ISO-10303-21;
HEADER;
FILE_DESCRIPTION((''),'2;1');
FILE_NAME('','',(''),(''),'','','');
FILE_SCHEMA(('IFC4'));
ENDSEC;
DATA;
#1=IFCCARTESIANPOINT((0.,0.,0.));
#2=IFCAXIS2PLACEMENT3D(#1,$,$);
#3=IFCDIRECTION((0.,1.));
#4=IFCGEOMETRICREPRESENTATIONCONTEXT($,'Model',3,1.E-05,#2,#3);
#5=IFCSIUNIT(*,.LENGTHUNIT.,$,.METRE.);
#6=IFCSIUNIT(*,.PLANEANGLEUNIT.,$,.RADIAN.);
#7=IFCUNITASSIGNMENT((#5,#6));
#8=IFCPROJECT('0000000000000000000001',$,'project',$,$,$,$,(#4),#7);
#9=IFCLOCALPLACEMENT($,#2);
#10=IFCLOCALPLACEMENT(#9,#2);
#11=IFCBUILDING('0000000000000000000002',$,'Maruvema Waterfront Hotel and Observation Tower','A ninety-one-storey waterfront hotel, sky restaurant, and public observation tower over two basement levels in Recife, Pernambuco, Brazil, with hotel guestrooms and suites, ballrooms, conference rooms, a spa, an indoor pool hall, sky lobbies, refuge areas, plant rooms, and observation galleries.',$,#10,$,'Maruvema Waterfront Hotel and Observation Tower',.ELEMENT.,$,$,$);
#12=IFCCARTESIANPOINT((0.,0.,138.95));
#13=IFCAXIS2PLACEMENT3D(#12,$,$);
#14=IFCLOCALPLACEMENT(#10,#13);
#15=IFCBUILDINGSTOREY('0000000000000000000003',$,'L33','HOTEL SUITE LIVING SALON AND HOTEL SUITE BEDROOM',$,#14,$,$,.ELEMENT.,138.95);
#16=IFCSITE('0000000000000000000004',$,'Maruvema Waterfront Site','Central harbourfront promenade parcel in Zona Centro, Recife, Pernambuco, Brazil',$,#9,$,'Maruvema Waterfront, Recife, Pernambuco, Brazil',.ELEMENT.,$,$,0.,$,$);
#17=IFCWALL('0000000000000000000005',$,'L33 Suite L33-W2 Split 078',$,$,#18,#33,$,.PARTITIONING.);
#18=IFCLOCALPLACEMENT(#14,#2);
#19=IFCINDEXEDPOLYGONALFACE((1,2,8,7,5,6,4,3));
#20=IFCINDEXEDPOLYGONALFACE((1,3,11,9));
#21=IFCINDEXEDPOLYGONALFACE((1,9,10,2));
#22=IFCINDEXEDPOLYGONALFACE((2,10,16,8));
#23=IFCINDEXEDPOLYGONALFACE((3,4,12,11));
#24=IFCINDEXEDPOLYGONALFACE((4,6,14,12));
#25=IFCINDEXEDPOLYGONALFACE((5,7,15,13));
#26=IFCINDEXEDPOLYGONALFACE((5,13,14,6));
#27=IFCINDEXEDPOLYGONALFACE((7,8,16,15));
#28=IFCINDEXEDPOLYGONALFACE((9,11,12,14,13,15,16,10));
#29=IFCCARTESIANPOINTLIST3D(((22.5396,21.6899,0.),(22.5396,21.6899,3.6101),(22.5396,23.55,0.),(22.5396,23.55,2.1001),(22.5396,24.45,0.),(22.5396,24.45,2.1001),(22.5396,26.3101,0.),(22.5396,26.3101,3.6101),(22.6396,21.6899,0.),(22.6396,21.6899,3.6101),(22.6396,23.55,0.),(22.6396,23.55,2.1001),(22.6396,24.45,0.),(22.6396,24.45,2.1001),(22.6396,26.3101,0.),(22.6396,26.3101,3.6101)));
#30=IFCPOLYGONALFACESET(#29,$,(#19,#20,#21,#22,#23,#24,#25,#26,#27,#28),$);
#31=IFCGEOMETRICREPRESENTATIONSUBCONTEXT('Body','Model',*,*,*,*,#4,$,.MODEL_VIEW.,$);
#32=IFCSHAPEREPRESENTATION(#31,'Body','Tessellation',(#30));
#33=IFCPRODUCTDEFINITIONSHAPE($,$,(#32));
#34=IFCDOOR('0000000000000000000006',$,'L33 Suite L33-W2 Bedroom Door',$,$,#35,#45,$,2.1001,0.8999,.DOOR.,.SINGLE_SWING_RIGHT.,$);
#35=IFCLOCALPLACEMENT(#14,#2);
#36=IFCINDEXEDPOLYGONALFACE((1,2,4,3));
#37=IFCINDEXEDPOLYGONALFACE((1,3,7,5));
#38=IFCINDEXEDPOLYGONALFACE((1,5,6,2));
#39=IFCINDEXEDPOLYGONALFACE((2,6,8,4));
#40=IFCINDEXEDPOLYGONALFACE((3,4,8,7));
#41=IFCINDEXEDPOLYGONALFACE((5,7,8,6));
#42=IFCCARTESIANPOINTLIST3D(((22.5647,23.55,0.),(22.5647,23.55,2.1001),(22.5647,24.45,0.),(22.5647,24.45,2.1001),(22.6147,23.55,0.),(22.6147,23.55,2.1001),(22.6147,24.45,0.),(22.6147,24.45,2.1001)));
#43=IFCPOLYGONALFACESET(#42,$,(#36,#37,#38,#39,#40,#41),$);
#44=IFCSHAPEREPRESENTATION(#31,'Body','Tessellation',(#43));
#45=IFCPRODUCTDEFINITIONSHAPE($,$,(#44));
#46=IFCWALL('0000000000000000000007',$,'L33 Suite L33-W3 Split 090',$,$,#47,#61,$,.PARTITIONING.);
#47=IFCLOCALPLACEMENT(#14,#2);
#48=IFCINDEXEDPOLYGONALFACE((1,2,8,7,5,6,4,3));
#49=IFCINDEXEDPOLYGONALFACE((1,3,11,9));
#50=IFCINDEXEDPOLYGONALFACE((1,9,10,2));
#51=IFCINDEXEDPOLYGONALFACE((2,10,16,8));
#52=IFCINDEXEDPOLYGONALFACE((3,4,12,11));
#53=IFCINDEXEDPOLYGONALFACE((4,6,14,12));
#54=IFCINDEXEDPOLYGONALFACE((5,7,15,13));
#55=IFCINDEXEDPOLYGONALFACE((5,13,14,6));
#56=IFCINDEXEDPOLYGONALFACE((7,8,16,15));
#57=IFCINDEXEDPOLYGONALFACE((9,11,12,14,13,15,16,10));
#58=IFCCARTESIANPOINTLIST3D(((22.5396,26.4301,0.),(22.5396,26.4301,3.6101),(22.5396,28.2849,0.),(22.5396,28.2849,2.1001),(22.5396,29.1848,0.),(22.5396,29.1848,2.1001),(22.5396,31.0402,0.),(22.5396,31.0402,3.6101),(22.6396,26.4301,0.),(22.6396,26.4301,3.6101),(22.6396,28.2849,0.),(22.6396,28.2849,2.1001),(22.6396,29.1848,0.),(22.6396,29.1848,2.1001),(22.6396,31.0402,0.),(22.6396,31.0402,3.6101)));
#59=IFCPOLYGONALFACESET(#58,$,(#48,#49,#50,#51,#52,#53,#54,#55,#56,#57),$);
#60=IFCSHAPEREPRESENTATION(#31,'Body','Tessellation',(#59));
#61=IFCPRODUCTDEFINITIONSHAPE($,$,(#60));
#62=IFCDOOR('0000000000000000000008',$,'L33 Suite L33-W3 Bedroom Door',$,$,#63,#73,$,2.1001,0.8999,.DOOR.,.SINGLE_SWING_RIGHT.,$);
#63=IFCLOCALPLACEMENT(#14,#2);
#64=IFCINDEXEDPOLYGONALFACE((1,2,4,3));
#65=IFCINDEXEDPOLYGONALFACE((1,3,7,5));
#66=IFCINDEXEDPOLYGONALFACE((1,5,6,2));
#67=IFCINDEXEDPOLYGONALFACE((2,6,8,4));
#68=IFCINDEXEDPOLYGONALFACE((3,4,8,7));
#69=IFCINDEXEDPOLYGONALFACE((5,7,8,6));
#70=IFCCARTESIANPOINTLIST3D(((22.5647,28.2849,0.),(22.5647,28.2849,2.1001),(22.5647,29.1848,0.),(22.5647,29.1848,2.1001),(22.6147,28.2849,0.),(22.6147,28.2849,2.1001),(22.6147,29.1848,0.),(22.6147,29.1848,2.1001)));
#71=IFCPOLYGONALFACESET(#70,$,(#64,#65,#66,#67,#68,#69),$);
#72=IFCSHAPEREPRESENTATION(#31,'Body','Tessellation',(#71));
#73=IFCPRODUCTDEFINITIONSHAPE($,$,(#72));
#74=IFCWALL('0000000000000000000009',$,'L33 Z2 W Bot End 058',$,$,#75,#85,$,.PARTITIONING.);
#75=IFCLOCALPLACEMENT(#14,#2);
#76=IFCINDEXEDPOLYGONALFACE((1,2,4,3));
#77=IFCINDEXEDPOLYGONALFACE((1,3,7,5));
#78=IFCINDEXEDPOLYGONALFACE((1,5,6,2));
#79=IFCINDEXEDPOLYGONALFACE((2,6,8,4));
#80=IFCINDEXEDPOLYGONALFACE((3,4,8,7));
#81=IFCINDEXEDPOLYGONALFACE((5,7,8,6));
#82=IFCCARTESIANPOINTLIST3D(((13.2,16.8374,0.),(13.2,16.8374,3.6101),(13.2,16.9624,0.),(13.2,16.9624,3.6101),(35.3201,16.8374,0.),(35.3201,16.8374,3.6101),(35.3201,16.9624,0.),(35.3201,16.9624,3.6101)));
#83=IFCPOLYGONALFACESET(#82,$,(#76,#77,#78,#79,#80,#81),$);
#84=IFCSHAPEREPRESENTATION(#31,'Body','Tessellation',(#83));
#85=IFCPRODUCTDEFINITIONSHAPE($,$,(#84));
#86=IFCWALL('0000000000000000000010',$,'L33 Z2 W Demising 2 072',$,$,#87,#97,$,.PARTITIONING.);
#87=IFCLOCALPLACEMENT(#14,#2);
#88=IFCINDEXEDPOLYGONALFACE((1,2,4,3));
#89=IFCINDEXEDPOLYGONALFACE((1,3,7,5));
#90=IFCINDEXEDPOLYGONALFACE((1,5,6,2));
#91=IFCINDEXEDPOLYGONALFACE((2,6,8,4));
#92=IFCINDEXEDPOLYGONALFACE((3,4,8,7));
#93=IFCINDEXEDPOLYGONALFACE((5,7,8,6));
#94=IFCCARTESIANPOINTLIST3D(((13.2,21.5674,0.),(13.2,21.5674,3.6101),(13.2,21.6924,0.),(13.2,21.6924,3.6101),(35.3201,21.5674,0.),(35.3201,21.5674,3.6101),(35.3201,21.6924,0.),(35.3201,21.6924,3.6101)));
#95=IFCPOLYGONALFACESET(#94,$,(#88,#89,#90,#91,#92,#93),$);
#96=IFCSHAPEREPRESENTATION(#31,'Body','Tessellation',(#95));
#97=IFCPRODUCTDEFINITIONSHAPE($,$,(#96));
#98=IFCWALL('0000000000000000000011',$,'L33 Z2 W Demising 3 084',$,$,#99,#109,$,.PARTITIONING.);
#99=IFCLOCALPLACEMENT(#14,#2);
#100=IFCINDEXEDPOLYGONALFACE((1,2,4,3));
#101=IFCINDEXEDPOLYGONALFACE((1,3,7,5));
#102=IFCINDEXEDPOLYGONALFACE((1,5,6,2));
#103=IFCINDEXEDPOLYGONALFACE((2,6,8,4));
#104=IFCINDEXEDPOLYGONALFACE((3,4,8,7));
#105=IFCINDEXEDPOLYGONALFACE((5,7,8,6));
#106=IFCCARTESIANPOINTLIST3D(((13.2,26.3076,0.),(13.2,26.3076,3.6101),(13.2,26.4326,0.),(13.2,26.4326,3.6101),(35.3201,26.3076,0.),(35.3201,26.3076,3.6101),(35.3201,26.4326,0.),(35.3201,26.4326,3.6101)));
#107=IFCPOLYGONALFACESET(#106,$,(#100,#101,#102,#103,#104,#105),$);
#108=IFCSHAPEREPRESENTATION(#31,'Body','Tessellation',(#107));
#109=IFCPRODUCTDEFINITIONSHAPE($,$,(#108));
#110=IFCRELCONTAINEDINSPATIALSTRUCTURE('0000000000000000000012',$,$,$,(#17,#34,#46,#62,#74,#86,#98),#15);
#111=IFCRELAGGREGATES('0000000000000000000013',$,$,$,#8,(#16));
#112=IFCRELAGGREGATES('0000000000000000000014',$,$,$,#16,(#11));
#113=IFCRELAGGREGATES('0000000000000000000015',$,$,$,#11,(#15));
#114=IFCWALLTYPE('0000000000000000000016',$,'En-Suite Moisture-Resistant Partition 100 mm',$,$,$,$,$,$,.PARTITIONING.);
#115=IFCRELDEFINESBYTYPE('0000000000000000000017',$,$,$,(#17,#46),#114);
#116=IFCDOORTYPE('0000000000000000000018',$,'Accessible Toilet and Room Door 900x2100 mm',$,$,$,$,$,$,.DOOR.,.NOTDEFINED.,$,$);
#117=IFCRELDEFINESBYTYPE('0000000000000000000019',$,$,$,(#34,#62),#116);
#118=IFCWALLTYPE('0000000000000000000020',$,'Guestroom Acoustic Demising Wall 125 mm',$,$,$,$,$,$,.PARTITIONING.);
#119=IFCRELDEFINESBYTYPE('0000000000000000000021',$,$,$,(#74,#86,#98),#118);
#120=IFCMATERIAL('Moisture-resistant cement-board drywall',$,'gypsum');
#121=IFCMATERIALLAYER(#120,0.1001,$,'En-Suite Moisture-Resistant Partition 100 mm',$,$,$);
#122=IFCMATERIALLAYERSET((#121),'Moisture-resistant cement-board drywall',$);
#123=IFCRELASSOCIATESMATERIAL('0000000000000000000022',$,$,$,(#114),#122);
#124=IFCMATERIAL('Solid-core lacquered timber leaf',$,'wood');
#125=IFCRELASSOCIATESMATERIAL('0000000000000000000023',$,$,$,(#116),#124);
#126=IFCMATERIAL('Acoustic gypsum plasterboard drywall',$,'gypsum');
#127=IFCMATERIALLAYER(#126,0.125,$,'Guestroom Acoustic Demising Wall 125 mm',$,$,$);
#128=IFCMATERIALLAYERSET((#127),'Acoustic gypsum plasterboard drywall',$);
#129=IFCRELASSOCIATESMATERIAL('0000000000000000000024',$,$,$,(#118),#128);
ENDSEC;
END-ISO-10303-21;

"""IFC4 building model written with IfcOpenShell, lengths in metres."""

from ifc_helpers import new_model, si_unit, direction, frame, frame_2d, origin, place, context, subcontext, project, spatial, rectangle, extrude, material, layer, layer_set, type_object, element, fill, save


model = new_model("IFC4")

# Units and contexts
model_context = context("Model", 3, precision=1e-05, world=origin(), true_north=direction((0.0, 1.0)))
body_context = subcontext(model_context, "Body", "Model", "MODEL_VIEW")
ifc_project = project(units=[si_unit("LENGTHUNIT", "METRE"), si_unit("PLANEANGLEUNIT", "RADIAN")], contexts=[model_context])

# Site, building, storey
site_placement = place(None, origin())
site = spatial("IfcSite", under=ifc_project, at=site_placement, Name="Maruvema Waterfront Site", Description="Central harbourfront promenade parcel in Zona Centro, Recife, Pernambuco, Brazil", LongName="Maruvema Waterfront, Recife, Pernambuco, Brazil", CompositionType="ELEMENT", RefElevation=0.0)
building_placement = place(site_placement, origin())
building = spatial("IfcBuilding", under=site, at=building_placement, Name="Maruvema Waterfront Hotel and Observation Tower", Description="A ninety-one-storey waterfront hotel, sky restaurant, and public observation tower over two basement levels in Recife, Pernambuco, Brazil, with hotel guestrooms and suites, ballrooms, conference rooms, a spa, an indoor pool hall, sky lobbies, refuge areas, plant rooms, and observation galleries.", LongName="Maruvema Waterfront Hotel and Observation Tower", CompositionType="ELEMENT")
storey_placement = place(building_placement, frame((0.0, 0.0, 138.95)))
storey = spatial("IfcBuildingStorey", under=building, at=storey_placement, Name="L33", Description="HOTEL SUITE LIVING SALON AND HOTEL SUITE BEDROOM", CompositionType="ELEMENT", Elevation=138.95)

# Walls, openings, doors
ifc_material_1 = material(Name="Moisture-resistant cement-board drywall", Category="gypsum")
ifc_layer_1 = layer(ifc_material_1, 0.1001, Name="En-Suite Moisture-Resistant Partition 100 mm")
ifc_layer_set_1 = layer_set([ifc_layer_1], Name="Moisture-resistant cement-board drywall")
wall_type_1 = type_object("IfcWallType", Name="En-Suite Moisture-Resistant Partition 100 mm", PredefinedType="PARTITIONING", material=ifc_layer_set_1)
ifc_material_2 = material(Name="Solid-core lacquered timber leaf", Category="wood")
door_type = type_object("IfcDoorType", Name="Accessible Toilet and Room Door 900x2100 mm", OperationType="NOTDEFINED", PredefinedType="DOOR", material=ifc_material_2)
wall_1_placement = place(storey_placement, frame((22.5896, 21.6899, 0.0), z_axis=(0.0, 0.0, 1.0), x_axis=(0.0, 1.0, 0.0)))
wall_1 = element("IfcWall", 1, at=wall_1_placement, inside=storey, type_object=wall_type_1, Name="L33 Suite L33-W2 Split 078", PredefinedType="PARTITIONING", context=body_context, shape_type="SweptSolid", body=[
    extrude(rectangle(XDim=4.6201, YDim=0.1001, at=frame_2d((2.3101, 0.0))), origin(), (0.0, 0.0, 1.0), 3.6101),
])
opening_1_placement = place(wall_1_placement, frame((1.8601, 0.0, 0.0)))
opening_1 = element("IfcOpeningElement", 2, at=opening_1_placement, cuts=wall_1, PredefinedType="OPENING", context=body_context, shape_type="SweptSolid", body=[
    extrude(rectangle(XDim=0.8999, YDim=2.1001, at=frame_2d((0.45, 1.05))), frame((0.0, 0.0601, 0.0), z_axis=(0.0, -1.0, 0.0), x_axis=(1.0, 0.0, 0.0)), (0.0, 0.0, 1.0), 0.1201),
])
door_1_placement = place(opening_1_placement, origin())
door_1 = element("IfcDoor", 3, at=door_1_placement, inside=storey, type_object=door_type, Name="L33 Suite L33-W2 Bedroom Door", OperationType="SINGLE_SWING_RIGHT", OverallHeight=2.1001, OverallWidth=0.8999, PredefinedType="DOOR", context=body_context, shape_type="SweptSolid", body=[
    extrude(rectangle(XDim=0.8999, YDim=2.1001, at=frame_2d((0.45, 1.05))), frame((0.0, 0.0249, 0.0), z_axis=(0.0, -1.0, 0.0), x_axis=(1.0, 0.0, 0.0)), (0.0, 0.0, 1.0), 0.05),
])
fill(opening_1, door_1)
wall_2_placement = place(storey_placement, frame((22.5896, 26.4299, 0.0), z_axis=(0.0, 0.0, 1.0), x_axis=(0.0, 1.0, 0.0)))
wall_2 = element("IfcWall", 4, at=wall_2_placement, inside=storey, type_object=wall_type_1, Name="L33 Suite L33-W3 Split 090", PredefinedType="PARTITIONING", context=body_context, shape_type="SweptSolid", body=[
    extrude(rectangle(XDim=4.6101, YDim=0.1001, at=frame_2d((2.3052, 0.0))), origin(), (0.0, 0.0, 1.0), 3.6101),
])
opening_2_placement = place(wall_2_placement, frame((1.855, 0.0, 0.0)))
opening_2 = element("IfcOpeningElement", 5, at=opening_2_placement, cuts=wall_2, PredefinedType="OPENING", context=body_context, shape_type="SweptSolid", body=[
    extrude(rectangle(XDim=0.8999, YDim=2.1001, at=frame_2d((0.45, 1.05))), frame((0.0, 0.0601, 0.0), z_axis=(0.0, -1.0, 0.0), x_axis=(1.0, 0.0, 0.0)), (0.0, 0.0, 1.0), 0.1201),
])
door_2_placement = place(opening_2_placement, origin())
door_2 = element("IfcDoor", 6, at=door_2_placement, inside=storey, type_object=door_type, Name="L33 Suite L33-W3 Bedroom Door", OperationType="SINGLE_SWING_RIGHT", OverallHeight=2.1001, OverallWidth=0.8999, PredefinedType="DOOR", context=body_context, shape_type="SweptSolid", body=[
    extrude(rectangle(XDim=0.8999, YDim=2.1001, at=frame_2d((0.45, 1.05))), frame((0.0, 0.0249, 0.0), z_axis=(0.0, -1.0, 0.0), x_axis=(1.0, 0.0, 0.0)), (0.0, 0.0, 1.0), 0.05),
])
fill(opening_2, door_2)

# Walls
ifc_material_3 = material(Name="Acoustic gypsum plasterboard drywall", Category="gypsum")
ifc_layer_2 = layer(ifc_material_3, 0.125, Name="Guestroom Acoustic Demising Wall 125 mm")
ifc_layer_set_2 = layer_set([ifc_layer_2], Name="Acoustic gypsum plasterboard drywall")
wall_type_2 = type_object("IfcWallType", Name="Guestroom Acoustic Demising Wall 125 mm", PredefinedType="PARTITIONING", material=ifc_layer_set_2)
for number, where, z_axis, x_axis, name in (
    (7, (13.2, 16.8999, 0.0), (0.0, 0.0, 1.0), (1.0, 0.0, 0.0), "L33 Z2 W Bot End 058"),
    (8, (13.2, 21.6299, 0.0), (0.0, 0.0, 1.0), (1.0, 0.0, 0.0), "L33 Z2 W Demising 2 072"),
    (9, (13.2, 26.3701, 0.0), (0.0, 0.0, 1.0), (1.0, 0.0, 0.0), "L33 Z2 W Demising 3 084"),
):
    element("IfcWall", number, at=place(storey_placement, frame(where, z_axis=z_axis, x_axis=x_axis)), inside=storey, type_object=wall_type_2, Name=name, PredefinedType="PARTITIONING", context=body_context, shape_type="SweptSolid", body=[
        extrude(rectangle(XDim=22.1201, YDim=0.125, at=frame_2d((11.0601, 0.0))), origin(), (0.0, 0.0, 1.0), 3.6101),
    ])

save(model, "model.ifc")
